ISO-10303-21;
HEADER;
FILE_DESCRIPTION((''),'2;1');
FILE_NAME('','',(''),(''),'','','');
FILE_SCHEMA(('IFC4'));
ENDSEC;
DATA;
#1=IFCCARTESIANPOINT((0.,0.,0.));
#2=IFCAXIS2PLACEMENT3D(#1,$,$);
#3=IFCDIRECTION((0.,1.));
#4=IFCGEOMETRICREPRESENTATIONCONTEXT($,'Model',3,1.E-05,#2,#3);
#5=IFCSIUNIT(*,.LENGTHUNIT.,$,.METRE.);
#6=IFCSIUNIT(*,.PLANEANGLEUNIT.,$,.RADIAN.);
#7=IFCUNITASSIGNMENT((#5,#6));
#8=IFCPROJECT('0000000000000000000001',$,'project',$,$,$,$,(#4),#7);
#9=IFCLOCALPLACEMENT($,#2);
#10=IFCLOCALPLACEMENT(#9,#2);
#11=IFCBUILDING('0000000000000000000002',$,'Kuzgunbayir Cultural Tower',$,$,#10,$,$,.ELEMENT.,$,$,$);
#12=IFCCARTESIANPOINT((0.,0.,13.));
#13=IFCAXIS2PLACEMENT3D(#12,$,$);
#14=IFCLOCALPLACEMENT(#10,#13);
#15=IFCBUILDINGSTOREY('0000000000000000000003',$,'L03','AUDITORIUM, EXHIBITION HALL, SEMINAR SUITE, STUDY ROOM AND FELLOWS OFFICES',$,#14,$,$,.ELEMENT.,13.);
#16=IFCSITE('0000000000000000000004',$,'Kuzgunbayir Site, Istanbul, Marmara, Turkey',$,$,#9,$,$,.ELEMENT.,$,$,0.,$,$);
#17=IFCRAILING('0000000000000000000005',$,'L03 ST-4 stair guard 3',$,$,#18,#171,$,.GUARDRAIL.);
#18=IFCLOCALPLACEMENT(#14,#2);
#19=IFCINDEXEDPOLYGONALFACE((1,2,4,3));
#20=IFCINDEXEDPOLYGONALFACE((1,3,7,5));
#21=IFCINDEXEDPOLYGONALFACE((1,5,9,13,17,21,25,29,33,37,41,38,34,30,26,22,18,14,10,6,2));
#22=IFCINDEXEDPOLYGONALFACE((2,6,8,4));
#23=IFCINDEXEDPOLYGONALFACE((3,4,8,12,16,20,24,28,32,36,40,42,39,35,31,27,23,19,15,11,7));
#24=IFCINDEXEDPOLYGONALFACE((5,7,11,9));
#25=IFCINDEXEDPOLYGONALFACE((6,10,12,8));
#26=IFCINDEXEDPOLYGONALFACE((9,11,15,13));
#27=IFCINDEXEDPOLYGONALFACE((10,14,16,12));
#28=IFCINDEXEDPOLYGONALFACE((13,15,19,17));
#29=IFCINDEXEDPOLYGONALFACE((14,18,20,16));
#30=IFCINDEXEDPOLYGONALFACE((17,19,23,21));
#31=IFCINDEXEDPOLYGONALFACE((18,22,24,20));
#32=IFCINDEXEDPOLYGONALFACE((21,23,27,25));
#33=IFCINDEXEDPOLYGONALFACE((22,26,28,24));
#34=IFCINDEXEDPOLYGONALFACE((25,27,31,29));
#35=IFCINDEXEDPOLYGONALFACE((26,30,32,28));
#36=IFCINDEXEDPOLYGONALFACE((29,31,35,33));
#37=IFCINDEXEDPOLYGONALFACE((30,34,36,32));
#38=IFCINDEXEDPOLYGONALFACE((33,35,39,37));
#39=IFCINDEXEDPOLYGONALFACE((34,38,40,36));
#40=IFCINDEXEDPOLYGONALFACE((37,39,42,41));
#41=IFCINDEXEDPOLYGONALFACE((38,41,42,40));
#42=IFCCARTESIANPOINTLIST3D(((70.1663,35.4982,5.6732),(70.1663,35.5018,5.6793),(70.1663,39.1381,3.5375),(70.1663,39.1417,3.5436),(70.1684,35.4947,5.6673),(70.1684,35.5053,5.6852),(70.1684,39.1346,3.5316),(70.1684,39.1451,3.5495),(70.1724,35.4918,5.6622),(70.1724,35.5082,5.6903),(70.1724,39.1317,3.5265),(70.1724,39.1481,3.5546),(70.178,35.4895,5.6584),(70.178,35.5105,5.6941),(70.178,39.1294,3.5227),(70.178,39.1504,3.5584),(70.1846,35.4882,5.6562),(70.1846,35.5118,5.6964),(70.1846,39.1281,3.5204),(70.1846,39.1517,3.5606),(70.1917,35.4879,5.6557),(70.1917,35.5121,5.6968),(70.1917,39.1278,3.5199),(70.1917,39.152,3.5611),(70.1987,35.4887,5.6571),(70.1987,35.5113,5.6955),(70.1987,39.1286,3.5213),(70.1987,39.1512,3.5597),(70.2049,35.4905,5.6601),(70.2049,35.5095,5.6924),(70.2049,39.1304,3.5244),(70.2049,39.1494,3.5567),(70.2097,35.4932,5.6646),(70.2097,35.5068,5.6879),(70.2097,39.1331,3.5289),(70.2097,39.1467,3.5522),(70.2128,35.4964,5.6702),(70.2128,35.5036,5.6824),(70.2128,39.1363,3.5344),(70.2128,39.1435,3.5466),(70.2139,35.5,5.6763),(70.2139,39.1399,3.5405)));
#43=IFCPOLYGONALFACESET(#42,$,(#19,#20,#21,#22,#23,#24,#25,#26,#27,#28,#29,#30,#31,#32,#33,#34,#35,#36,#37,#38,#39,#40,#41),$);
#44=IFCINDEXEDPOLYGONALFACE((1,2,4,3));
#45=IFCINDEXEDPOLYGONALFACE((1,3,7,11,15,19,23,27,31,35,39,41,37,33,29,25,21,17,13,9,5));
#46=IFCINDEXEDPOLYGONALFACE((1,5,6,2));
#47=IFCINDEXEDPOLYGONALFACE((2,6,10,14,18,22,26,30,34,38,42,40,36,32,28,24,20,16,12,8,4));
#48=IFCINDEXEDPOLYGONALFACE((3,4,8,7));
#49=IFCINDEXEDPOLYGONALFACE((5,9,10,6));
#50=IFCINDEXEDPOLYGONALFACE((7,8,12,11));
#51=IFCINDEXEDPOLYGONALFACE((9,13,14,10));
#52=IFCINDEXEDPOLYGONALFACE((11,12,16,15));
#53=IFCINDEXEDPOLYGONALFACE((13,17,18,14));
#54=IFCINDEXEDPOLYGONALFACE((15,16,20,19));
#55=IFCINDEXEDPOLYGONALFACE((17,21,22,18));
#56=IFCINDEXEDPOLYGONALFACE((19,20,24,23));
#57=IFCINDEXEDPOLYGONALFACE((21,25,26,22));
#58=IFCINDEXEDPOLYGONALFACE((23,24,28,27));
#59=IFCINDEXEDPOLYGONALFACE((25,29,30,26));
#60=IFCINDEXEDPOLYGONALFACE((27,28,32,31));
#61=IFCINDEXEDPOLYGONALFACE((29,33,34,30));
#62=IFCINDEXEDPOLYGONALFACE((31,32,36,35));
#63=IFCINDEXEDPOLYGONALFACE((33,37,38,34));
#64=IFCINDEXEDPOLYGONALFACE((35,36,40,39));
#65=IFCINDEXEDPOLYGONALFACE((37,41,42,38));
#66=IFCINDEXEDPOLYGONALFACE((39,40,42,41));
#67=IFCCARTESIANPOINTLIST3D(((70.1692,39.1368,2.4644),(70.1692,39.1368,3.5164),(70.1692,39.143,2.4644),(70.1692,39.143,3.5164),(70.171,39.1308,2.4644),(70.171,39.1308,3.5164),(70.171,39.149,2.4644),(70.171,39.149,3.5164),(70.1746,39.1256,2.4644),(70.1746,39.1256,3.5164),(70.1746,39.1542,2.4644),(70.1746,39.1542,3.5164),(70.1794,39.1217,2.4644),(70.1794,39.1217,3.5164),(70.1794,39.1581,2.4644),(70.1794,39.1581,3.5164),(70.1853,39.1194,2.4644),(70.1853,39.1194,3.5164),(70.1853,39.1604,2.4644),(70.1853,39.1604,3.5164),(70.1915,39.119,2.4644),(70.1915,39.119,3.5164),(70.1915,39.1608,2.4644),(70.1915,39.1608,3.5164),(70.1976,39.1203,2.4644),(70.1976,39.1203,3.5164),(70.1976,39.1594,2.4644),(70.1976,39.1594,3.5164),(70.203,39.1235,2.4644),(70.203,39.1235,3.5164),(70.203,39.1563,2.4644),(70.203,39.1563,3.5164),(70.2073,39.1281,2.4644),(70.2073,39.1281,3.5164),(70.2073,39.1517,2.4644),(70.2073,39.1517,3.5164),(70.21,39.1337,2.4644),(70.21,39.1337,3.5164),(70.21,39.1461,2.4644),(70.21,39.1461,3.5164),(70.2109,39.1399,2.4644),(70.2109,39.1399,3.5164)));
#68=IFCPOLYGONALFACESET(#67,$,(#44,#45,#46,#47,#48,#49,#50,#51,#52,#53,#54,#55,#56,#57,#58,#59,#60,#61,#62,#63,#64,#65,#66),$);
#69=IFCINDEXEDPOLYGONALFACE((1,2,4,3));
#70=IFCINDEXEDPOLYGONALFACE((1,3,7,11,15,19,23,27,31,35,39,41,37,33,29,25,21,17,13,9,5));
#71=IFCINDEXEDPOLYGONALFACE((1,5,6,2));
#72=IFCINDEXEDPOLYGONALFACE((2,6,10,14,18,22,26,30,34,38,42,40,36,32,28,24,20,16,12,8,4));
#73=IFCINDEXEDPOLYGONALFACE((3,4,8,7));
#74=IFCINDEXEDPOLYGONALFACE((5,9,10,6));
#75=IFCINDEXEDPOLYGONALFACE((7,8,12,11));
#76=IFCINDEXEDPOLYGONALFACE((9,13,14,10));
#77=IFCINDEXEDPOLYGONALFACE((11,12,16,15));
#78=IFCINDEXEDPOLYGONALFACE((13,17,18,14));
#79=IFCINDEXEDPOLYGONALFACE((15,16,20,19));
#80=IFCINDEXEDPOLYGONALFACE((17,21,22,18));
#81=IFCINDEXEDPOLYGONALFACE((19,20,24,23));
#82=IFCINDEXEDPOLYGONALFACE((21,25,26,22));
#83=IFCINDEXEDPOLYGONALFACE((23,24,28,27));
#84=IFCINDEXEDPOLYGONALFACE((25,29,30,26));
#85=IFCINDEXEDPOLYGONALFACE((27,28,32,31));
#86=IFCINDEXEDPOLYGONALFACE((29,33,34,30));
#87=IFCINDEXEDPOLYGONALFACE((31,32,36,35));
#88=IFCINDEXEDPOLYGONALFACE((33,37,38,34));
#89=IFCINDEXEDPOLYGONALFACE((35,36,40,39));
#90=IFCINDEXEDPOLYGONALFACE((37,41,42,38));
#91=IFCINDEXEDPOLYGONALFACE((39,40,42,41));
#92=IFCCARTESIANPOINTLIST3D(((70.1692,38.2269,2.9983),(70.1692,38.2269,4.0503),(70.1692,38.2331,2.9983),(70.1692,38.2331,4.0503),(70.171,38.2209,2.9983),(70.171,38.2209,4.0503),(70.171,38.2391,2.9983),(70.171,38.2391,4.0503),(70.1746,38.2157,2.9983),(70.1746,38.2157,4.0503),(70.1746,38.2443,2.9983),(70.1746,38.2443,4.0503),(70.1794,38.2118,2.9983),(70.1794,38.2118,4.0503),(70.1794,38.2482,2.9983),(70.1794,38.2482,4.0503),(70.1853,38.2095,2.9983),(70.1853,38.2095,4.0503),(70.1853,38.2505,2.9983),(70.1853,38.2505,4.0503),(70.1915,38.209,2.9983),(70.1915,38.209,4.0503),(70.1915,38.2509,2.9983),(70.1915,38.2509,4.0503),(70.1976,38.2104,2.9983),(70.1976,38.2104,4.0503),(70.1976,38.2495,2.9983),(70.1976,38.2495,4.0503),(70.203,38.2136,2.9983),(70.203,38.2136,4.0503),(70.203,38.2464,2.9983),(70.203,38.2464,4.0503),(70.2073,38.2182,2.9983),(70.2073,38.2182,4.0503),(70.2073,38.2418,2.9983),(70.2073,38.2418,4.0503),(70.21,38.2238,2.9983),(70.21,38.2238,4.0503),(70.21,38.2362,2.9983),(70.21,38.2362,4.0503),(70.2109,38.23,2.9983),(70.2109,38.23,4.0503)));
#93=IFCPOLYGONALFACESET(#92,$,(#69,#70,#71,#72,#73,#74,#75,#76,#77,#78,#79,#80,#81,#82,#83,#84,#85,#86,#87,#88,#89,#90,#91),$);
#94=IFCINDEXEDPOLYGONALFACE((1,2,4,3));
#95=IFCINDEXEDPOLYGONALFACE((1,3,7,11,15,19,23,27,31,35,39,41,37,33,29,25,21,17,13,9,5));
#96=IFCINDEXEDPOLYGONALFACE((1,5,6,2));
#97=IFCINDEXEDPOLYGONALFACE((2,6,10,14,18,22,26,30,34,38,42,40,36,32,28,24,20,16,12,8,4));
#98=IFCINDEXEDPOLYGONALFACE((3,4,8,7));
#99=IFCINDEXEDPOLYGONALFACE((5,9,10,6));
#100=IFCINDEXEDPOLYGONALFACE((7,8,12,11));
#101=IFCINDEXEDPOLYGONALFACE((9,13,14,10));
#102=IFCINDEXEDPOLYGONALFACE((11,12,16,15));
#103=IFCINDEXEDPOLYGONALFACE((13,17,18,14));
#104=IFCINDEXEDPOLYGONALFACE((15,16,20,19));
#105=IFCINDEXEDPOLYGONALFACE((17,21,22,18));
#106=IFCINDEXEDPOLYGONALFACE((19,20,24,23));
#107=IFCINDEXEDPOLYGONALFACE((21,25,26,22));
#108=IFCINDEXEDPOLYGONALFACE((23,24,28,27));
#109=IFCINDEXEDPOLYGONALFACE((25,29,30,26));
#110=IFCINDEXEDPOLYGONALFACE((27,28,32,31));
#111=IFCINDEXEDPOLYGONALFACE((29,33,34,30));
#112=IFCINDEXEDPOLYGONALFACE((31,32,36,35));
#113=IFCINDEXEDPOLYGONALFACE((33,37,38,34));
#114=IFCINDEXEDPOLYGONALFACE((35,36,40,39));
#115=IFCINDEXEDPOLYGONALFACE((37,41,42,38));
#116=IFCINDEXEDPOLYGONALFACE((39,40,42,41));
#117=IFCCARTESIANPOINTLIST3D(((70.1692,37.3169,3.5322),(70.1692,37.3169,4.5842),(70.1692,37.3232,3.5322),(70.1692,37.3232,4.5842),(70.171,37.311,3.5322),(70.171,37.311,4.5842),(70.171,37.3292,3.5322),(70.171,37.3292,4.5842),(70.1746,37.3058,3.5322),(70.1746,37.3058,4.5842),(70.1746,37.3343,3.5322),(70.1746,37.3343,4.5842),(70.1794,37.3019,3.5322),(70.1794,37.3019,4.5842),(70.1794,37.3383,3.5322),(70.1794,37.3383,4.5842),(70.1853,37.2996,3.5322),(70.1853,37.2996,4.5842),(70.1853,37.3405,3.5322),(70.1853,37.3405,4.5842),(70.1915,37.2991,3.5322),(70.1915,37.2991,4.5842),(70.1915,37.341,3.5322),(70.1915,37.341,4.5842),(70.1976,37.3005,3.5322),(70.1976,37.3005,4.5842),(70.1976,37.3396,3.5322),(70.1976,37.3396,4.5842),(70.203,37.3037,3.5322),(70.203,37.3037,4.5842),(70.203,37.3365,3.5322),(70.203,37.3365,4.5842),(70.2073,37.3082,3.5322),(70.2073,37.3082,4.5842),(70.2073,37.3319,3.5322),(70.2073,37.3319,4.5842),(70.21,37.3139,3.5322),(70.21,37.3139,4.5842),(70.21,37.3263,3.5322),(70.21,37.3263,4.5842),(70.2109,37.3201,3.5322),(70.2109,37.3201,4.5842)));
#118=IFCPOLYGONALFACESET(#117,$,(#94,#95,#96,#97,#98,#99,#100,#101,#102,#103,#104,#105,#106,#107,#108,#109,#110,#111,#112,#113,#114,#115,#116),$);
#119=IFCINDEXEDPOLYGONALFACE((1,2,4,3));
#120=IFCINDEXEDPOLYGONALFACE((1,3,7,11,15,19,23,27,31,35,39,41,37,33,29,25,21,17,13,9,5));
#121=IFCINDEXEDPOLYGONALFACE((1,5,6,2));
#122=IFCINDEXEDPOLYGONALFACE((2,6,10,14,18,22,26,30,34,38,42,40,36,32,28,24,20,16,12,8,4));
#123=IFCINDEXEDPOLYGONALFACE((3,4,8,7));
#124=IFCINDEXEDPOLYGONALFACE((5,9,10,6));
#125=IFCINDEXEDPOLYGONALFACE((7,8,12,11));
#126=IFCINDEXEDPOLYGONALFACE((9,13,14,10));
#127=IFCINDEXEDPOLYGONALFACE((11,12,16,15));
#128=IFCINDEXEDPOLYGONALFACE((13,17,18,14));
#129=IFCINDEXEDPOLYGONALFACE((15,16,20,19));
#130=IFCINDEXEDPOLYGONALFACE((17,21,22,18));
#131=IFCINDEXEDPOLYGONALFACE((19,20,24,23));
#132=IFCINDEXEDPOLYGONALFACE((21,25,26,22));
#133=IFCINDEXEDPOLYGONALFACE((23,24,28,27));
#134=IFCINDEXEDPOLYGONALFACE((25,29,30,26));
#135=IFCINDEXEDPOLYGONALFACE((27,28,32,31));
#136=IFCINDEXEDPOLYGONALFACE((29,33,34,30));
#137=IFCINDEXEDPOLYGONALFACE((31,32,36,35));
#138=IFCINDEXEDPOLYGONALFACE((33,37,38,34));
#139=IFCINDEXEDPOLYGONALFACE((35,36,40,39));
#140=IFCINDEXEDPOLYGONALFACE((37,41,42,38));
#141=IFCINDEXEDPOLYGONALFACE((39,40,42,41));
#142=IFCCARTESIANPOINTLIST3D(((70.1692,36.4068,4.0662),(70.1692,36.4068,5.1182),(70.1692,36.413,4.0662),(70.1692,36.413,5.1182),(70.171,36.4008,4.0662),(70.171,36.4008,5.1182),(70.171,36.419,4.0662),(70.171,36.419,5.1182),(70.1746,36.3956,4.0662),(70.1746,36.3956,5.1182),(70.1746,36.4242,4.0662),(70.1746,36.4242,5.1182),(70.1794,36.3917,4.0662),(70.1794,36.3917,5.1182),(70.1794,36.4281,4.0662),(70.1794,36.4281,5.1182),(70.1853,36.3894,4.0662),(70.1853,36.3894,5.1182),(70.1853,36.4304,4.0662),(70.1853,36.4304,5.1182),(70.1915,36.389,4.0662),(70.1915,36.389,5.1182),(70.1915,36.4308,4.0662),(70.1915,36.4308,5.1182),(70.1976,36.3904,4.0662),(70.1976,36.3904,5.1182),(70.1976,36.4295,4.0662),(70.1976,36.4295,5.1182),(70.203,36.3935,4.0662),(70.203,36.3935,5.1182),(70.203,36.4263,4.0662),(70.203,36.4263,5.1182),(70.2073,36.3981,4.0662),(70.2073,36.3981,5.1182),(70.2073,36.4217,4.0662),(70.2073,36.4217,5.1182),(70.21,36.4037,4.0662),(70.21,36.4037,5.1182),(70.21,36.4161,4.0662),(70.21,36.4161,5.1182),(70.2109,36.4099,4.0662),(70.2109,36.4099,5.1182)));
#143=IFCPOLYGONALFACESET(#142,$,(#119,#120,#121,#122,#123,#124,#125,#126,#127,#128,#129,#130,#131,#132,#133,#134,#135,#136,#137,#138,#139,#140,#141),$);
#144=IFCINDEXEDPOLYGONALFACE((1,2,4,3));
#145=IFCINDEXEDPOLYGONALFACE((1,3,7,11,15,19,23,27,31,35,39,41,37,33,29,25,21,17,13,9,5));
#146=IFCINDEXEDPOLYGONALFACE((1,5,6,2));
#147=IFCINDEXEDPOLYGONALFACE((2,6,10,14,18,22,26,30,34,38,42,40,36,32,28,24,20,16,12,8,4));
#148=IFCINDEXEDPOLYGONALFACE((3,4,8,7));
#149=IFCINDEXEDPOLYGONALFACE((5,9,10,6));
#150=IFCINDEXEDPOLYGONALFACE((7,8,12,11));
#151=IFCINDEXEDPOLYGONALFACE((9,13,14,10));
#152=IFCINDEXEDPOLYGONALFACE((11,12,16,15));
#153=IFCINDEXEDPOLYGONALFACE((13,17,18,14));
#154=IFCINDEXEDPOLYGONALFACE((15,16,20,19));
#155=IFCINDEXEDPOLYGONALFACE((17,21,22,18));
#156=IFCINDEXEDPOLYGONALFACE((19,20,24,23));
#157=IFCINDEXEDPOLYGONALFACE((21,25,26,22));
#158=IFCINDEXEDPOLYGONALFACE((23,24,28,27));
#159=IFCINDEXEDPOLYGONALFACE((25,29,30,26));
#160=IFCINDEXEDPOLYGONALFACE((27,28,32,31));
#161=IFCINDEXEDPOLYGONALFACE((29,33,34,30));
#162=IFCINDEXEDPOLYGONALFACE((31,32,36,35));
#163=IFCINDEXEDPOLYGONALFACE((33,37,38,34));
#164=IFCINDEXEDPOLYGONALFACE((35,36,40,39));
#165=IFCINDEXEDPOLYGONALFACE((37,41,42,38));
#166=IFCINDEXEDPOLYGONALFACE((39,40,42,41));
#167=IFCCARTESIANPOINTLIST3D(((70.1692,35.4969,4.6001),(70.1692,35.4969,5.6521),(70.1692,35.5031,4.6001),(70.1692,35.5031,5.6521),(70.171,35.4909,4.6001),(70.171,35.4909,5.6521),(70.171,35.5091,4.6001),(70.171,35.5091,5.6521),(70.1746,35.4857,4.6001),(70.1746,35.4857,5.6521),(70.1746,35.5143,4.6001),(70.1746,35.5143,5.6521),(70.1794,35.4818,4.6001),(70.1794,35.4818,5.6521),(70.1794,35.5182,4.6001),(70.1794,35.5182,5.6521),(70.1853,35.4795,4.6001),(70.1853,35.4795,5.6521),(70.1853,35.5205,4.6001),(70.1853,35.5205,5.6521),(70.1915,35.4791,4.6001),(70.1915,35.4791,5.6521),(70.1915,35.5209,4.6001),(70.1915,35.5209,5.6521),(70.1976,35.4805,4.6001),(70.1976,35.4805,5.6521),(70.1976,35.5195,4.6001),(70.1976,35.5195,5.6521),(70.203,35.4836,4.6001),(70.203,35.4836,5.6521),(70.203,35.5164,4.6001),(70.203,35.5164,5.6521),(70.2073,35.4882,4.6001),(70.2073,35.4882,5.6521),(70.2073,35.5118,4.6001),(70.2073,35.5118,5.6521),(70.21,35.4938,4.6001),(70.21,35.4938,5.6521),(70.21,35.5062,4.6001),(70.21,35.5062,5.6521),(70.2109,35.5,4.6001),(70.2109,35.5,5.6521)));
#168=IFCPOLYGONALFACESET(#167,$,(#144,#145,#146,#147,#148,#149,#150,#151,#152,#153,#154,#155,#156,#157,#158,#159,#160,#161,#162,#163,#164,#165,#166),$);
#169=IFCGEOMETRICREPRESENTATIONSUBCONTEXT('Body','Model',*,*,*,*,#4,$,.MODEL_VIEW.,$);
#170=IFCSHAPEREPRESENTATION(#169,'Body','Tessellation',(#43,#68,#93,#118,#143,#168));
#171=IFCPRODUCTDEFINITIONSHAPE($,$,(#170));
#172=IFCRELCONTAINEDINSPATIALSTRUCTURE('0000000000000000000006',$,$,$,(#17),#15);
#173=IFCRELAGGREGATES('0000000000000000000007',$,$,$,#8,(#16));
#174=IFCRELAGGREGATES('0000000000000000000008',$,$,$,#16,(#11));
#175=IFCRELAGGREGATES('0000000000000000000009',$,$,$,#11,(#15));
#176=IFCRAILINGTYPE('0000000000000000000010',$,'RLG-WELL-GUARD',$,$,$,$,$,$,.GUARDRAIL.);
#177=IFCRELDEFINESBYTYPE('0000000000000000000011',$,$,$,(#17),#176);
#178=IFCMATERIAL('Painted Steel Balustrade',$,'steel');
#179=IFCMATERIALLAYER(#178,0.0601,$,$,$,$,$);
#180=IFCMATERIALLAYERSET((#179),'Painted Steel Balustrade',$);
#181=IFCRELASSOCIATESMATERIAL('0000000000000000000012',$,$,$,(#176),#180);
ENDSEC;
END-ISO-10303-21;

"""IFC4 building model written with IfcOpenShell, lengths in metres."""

from ifc_helpers import new_model, si_unit, direction, frame, origin, origin_2d, place, context, subcontext, project, spatial, circle, extrude, material, layer, layer_set, type_object, element, save


model = new_model("IFC4")

# Units and contexts
model_context = context("Model", 3, precision=1e-05, world=origin(), true_north=direction((0.0, 1.0)))
body_context = subcontext(model_context, "Body", "Model", "MODEL_VIEW")
ifc_project = project(units=[si_unit("LENGTHUNIT", "METRE"), si_unit("PLANEANGLEUNIT", "RADIAN")], contexts=[model_context])

# Site, building, storey
site_placement = place(None, origin())
site = spatial("IfcSite", under=ifc_project, at=site_placement, Name="Kuzgunbayir Site, Istanbul, Marmara, Turkey", CompositionType="ELEMENT", RefElevation=0.0)
building_placement = place(site_placement, origin())
building = spatial("IfcBuilding", under=site, at=building_placement, Name="Kuzgunbayir Cultural Tower", CompositionType="ELEMENT")
storey_placement = place(building_placement, frame((0.0, 0.0, 13.0)))
storey = spatial("IfcBuildingStorey", under=building, at=storey_placement, Name="L03", Description="AUDITORIUM, EXHIBITION HALL, SEMINAR SUITE, STUDY ROOM AND FELLOWS OFFICES", CompositionType="ELEMENT", Elevation=13.0)

# Railing
ifc_material_1 = material(Name="Painted Steel Balustrade", Category="steel")
ifc_layer_1 = layer(ifc_material_1, 0.0601)
ifc_layer_set_1 = layer_set([ifc_layer_1], Name="Painted Steel Balustrade")
railing_type_1 = type_object("IfcRailingType", Name="RLG-WELL-GUARD", PredefinedType="GUARDRAIL", material=ifc_layer_set_1)
railing_1_placement = place(storey_placement, frame((70.1899, 39.1399, 2.4644)))
element("IfcRailing", 1, at=railing_1_placement, inside=storey, type_object=railing_type_1, Name="L03 ST-4 stair guard 3", PredefinedType="GUARDRAIL", context=body_context, shape_type="SweptSolid", body=[
    extrude(circle(Radius=0.0239, at=origin_2d()), frame((0.0, 0.0, 1.0762), z_axis=(0.0, -0.86249, 0.506074), x_axis=(1.0, 0.0, 0.0)), (0.0, 0.0, 1.0), 4.2202),
    extrude(circle(Radius=0.021, at=origin_2d()), origin(), (0.0, 0.0, 1.0), 1.052),
    extrude(circle(Radius=0.021, at=origin_2d()), frame((0.0, -0.9099, 0.5339)), (0.0, 0.0, 1.0), 1.052),
    extrude(circle(Radius=0.021, at=origin_2d()), frame((0.0, -1.8198, 1.0679)), (0.0, 0.0, 1.0), 1.052),
    extrude(circle(Radius=0.021, at=origin_2d()), frame((0.0, -2.73, 1.6018)), (0.0, 0.0, 1.0), 1.052),
    extrude(circle(Radius=0.021, at=origin_2d()), frame((0.0, -3.6399, 2.1357)), (0.0, 0.0, 1.0), 1.052),
])

save(model, "model.ifc")
